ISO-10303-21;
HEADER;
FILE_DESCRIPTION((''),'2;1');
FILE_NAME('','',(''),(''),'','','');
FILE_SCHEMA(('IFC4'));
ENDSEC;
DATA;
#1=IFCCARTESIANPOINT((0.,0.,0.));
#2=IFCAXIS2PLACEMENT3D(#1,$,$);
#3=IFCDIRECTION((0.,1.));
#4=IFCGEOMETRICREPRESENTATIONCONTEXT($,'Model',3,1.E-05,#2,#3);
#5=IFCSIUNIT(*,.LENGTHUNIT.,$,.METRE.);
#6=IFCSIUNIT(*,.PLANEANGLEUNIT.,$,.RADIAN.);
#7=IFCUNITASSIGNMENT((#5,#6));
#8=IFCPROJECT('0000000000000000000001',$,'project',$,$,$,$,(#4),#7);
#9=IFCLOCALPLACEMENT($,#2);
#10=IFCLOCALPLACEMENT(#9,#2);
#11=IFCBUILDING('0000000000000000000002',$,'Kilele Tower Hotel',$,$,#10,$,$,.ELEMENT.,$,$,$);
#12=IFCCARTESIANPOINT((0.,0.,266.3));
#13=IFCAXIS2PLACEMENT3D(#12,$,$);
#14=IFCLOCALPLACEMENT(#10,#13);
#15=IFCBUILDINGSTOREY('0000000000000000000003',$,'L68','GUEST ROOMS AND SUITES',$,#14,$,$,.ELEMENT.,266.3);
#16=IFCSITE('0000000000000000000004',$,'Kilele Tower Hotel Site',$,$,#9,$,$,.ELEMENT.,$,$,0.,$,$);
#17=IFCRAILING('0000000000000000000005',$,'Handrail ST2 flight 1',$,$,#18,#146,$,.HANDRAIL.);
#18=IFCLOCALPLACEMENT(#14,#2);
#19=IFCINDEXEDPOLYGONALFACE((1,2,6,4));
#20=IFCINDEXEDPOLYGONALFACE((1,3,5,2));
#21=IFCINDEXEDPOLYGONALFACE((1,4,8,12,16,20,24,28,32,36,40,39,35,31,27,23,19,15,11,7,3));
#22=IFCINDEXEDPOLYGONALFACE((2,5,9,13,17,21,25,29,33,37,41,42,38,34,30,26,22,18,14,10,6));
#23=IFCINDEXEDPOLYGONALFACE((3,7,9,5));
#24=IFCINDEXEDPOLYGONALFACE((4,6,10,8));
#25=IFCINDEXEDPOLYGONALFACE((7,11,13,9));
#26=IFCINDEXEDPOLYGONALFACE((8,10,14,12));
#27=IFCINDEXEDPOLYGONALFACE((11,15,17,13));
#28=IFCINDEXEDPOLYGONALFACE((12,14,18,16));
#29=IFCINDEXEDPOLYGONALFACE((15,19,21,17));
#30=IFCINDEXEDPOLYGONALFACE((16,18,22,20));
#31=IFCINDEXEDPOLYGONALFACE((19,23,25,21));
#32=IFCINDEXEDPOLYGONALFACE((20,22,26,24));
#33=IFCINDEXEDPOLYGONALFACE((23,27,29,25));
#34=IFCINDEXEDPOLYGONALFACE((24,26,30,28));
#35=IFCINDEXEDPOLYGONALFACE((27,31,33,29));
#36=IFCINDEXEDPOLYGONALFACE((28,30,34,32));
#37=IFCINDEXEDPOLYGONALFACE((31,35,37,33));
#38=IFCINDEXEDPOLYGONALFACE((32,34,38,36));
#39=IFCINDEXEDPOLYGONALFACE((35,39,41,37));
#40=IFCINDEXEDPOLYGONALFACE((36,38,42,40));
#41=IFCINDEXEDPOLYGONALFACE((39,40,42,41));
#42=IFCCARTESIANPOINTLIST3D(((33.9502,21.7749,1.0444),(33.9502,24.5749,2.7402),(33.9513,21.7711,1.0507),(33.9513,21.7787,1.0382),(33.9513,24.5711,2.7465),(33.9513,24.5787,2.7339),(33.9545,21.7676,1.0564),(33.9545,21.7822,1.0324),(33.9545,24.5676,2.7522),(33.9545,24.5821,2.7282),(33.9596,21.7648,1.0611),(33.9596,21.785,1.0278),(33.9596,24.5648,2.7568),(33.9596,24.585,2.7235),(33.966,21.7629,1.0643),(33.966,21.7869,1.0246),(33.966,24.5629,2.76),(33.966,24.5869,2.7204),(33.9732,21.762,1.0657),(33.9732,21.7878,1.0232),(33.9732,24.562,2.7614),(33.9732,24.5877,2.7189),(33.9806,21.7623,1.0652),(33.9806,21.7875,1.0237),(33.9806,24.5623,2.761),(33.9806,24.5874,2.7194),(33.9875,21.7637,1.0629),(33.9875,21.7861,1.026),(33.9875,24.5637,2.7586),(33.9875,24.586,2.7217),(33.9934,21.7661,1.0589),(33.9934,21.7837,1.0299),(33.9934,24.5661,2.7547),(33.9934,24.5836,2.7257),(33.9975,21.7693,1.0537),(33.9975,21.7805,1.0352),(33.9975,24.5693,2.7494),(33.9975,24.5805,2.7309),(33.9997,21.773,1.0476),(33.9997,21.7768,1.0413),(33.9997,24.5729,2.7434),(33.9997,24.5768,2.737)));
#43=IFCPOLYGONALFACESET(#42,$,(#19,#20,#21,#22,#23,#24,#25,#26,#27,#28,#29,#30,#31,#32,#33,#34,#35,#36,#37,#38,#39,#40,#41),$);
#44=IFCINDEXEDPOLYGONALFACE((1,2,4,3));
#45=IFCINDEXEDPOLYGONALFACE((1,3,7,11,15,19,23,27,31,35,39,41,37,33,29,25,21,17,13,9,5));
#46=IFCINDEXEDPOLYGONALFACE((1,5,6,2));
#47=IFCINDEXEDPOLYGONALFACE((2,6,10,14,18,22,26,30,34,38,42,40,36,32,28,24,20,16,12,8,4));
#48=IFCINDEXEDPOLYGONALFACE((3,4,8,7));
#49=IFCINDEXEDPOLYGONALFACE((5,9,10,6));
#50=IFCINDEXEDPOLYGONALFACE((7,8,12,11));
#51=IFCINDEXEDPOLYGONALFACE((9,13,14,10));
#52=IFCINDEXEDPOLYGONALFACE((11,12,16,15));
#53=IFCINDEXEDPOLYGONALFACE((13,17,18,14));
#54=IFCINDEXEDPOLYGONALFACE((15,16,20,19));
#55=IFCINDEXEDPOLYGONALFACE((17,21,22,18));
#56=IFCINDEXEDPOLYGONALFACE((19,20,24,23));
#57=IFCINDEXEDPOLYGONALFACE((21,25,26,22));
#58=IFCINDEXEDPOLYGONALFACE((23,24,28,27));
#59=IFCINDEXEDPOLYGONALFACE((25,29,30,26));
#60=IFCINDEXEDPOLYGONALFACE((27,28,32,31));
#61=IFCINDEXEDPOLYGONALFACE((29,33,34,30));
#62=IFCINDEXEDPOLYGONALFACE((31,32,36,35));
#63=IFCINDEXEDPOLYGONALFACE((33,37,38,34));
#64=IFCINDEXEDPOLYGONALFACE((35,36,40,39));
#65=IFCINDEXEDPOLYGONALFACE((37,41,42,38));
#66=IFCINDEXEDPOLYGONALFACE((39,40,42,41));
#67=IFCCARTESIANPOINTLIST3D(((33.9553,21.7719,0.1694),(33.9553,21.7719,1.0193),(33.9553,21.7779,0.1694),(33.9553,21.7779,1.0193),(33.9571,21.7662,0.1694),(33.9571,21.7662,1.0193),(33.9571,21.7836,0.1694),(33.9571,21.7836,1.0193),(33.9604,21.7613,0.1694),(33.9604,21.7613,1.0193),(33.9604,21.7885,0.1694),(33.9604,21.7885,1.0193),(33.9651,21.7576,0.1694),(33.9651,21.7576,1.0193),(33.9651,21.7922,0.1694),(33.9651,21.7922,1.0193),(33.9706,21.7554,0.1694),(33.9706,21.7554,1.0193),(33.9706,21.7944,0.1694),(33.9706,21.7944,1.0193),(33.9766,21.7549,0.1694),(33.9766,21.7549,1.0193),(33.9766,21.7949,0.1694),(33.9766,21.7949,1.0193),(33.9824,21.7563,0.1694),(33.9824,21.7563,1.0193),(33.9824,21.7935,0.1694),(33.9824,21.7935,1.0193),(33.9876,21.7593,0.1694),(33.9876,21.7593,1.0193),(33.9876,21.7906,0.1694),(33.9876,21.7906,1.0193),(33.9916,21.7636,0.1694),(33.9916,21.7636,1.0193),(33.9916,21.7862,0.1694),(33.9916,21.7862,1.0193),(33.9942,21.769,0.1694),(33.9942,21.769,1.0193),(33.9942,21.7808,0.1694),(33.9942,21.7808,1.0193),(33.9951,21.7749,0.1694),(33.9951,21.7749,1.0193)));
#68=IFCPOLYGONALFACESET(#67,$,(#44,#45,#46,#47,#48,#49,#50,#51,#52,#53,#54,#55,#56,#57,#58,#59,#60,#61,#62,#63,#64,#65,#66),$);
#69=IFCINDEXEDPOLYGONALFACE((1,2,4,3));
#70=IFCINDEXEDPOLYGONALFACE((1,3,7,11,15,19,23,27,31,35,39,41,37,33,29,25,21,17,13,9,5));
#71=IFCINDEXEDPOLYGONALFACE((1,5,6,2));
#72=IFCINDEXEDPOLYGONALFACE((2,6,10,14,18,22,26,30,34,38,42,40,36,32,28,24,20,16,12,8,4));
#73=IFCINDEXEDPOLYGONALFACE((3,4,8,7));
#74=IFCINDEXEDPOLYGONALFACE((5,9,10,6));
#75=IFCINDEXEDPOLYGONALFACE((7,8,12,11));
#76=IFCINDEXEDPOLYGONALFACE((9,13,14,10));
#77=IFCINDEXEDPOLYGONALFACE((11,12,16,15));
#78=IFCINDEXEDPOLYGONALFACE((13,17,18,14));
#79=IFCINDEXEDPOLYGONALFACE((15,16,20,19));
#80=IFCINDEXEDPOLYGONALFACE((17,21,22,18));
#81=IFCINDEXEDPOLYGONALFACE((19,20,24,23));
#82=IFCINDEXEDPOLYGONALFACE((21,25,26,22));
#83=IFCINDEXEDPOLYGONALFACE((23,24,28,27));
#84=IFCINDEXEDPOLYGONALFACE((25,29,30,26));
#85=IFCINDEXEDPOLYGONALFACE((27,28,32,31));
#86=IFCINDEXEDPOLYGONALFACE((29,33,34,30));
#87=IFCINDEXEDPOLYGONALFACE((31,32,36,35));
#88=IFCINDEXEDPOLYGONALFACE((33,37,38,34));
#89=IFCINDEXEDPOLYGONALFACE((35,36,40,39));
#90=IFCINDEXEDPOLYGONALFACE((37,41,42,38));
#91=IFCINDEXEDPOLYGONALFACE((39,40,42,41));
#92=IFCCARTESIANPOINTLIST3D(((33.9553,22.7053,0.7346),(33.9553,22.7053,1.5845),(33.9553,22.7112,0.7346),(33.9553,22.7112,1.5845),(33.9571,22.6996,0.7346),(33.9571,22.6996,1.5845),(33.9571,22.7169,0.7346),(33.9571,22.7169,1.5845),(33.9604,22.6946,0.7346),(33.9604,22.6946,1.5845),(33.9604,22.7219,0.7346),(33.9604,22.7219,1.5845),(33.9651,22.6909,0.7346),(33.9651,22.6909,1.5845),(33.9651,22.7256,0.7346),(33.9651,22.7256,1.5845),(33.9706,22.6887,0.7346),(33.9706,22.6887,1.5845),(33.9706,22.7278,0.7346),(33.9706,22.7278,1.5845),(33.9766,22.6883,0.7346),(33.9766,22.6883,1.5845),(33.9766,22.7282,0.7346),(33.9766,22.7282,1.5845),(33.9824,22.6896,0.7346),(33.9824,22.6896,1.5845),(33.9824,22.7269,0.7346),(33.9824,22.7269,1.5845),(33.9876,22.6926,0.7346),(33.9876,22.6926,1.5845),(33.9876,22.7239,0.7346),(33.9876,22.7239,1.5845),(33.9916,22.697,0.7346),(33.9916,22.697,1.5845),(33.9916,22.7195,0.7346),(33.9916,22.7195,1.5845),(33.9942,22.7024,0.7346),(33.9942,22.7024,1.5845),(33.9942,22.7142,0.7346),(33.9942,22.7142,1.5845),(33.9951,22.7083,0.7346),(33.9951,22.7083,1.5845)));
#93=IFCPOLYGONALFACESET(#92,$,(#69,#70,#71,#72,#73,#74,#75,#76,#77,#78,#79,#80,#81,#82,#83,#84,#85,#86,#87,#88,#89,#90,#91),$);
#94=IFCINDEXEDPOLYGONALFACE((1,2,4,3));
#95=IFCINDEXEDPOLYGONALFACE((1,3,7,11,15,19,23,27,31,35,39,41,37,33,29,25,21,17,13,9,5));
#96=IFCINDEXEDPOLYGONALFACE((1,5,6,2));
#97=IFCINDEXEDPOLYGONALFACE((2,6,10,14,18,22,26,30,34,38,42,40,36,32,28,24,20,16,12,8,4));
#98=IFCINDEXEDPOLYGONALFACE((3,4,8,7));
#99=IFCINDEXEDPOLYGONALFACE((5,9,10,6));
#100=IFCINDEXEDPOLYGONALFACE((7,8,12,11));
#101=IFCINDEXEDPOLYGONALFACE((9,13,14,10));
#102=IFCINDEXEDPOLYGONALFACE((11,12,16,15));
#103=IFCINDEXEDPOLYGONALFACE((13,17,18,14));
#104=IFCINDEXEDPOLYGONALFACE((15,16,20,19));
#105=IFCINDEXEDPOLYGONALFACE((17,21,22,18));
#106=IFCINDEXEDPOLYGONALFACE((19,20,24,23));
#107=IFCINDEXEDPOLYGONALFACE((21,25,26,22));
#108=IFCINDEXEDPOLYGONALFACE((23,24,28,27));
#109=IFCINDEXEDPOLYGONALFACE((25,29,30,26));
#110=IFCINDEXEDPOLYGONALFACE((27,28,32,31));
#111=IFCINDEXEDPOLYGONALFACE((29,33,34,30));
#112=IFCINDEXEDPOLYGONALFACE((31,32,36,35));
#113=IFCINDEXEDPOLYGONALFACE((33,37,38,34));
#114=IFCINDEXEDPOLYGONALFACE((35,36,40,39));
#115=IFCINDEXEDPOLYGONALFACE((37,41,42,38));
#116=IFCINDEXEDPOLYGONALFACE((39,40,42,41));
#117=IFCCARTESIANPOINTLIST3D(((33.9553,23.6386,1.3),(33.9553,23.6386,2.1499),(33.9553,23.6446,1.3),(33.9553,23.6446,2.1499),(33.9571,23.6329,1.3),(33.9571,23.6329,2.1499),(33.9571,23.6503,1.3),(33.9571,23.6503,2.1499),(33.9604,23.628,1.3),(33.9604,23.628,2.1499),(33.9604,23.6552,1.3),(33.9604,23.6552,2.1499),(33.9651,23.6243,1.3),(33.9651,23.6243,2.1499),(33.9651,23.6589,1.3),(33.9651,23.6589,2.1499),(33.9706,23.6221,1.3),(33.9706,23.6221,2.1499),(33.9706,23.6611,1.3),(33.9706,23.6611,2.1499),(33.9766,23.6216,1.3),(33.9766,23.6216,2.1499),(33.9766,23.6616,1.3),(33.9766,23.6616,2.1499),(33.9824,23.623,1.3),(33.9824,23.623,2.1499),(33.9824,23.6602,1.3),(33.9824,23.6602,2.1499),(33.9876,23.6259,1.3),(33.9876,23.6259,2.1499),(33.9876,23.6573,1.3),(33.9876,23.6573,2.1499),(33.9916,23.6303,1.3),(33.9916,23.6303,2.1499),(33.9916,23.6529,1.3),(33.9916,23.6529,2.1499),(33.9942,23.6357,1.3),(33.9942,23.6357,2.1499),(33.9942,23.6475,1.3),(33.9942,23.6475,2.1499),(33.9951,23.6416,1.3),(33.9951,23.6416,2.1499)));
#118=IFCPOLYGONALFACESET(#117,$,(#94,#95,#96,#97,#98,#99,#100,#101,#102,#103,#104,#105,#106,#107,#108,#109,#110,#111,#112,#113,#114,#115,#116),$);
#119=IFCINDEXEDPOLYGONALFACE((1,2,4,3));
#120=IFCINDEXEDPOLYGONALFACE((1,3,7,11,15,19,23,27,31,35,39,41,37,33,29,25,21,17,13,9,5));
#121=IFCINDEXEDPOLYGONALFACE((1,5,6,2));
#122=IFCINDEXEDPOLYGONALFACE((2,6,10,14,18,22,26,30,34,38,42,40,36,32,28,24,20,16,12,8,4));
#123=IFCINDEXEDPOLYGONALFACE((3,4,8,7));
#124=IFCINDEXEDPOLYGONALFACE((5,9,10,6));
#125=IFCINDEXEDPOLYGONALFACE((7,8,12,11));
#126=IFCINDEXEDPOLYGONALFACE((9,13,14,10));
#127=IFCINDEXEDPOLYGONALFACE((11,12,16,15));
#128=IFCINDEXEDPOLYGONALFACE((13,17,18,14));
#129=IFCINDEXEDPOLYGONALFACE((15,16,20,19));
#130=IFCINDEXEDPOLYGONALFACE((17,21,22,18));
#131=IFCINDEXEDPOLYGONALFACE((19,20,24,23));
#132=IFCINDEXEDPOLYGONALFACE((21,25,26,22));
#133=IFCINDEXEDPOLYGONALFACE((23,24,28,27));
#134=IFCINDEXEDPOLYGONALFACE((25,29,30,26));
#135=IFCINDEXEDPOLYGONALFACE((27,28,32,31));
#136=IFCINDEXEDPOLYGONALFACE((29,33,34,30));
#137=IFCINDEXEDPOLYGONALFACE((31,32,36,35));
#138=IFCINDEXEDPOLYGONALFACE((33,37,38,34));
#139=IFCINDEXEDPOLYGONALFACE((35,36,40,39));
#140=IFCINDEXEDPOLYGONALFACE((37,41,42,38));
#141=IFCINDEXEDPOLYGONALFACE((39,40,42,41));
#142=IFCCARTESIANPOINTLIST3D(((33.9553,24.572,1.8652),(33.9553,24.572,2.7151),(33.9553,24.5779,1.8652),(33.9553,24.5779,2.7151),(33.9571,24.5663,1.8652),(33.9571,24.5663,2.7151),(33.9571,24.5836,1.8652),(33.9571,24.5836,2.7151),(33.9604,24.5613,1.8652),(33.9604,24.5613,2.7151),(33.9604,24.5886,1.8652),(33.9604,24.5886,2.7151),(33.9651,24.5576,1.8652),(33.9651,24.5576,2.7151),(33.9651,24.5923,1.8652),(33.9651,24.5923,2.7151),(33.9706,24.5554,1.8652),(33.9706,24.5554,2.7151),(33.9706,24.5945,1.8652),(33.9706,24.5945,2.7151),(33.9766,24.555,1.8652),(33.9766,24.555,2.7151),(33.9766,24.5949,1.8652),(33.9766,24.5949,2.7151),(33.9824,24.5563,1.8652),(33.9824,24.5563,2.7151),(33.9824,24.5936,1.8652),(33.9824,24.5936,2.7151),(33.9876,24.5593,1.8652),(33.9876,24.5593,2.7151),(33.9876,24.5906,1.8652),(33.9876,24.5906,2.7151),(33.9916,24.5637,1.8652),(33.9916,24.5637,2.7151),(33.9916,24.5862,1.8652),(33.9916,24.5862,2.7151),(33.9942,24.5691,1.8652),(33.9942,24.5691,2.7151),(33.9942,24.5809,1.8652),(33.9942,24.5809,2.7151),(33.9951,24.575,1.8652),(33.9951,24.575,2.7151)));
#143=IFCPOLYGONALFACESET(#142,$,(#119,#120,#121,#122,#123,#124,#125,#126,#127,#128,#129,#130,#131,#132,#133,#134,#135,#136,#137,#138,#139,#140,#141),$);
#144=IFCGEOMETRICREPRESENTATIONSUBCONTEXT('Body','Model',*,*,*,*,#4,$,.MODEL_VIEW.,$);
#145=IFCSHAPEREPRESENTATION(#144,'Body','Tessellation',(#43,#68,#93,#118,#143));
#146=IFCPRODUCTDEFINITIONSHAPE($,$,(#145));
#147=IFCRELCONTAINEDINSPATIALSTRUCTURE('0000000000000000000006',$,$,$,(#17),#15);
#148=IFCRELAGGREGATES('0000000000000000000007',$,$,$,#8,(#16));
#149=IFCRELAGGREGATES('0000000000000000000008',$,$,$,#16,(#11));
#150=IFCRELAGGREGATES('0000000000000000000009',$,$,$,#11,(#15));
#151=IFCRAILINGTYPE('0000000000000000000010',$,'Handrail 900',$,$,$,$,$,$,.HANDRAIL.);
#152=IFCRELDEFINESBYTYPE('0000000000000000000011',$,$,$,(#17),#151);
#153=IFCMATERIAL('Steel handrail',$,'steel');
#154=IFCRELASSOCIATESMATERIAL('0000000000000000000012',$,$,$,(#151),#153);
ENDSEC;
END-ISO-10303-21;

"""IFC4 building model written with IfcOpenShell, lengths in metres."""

from ifc_helpers import new_model, si_unit, direction, frame, origin, origin_2d, place, context, subcontext, project, spatial, circle, extrude, material, type_object, element, save


model = new_model("IFC4")

# Units and contexts
model_context = context("Model", 3, precision=1e-05, world=origin(), true_north=direction((0.0, 1.0)))
body_context = subcontext(model_context, "Body", "Model", "MODEL_VIEW")
ifc_project = project(units=[si_unit("LENGTHUNIT", "METRE"), si_unit("PLANEANGLEUNIT", "RADIAN")], contexts=[model_context])

# Site, building, storey
site_placement = place(None, origin())
site = spatial("IfcSite", under=ifc_project, at=site_placement, Name="Kilele Tower Hotel Site", CompositionType="ELEMENT", RefElevation=0.0)
building_placement = place(site_placement, origin())
building = spatial("IfcBuilding", under=site, at=building_placement, Name="Kilele Tower Hotel", CompositionType="ELEMENT")
storey_placement = place(building_placement, frame((0.0, 0.0, 266.3)))
storey = spatial("IfcBuildingStorey", under=building, at=storey_placement, Name="L68", Description="GUEST ROOMS AND SUITES", CompositionType="ELEMENT", Elevation=266.3)

# Railing
ifc_material_1 = material(Name="Steel handrail", Category="steel")
railing_type_1 = type_object("IfcRailingType", Name="Handrail 900", PredefinedType="HANDRAIL", material=ifc_material_1)
for number, where, name in (
    (1, (33.9751, 21.7749, 0.1694), "Handrail ST2 flight 1"),
):
    element("IfcRailing", number, at=place(storey_placement, frame(where)), inside=storey, type_object=railing_type_1, Name=name, PredefinedType="HANDRAIL", context=body_context, shape_type="SweptSolid", body=[
        extrude(circle(Radius=0.0249, at=origin_2d()), frame((0.0, 0.0, 0.875), z_axis=(0.0, 0.85536, 0.518034), x_axis=(-1.0, 0.0, 0.0)), (0.0, 0.0, 1.0), 3.2734),
        extrude(circle(Radius=0.02, at=origin_2d()), origin(), (0.0, 0.0, 1.0), 0.8499),
        extrude(circle(Radius=0.02, at=origin_2d()), frame((0.0, 0.9333, 0.5652)), (0.0, 0.0, 1.0), 0.8499),
        extrude(circle(Radius=0.02, at=origin_2d()), frame((0.0, 1.8667, 1.1306)), (0.0, 0.0, 1.0), 0.8499),
        extrude(circle(Radius=0.02, at=origin_2d()), frame((0.0, 2.8, 1.6958)), (0.0, 0.0, 1.0), 0.8499),
    ])

save(model, "model.ifc")
